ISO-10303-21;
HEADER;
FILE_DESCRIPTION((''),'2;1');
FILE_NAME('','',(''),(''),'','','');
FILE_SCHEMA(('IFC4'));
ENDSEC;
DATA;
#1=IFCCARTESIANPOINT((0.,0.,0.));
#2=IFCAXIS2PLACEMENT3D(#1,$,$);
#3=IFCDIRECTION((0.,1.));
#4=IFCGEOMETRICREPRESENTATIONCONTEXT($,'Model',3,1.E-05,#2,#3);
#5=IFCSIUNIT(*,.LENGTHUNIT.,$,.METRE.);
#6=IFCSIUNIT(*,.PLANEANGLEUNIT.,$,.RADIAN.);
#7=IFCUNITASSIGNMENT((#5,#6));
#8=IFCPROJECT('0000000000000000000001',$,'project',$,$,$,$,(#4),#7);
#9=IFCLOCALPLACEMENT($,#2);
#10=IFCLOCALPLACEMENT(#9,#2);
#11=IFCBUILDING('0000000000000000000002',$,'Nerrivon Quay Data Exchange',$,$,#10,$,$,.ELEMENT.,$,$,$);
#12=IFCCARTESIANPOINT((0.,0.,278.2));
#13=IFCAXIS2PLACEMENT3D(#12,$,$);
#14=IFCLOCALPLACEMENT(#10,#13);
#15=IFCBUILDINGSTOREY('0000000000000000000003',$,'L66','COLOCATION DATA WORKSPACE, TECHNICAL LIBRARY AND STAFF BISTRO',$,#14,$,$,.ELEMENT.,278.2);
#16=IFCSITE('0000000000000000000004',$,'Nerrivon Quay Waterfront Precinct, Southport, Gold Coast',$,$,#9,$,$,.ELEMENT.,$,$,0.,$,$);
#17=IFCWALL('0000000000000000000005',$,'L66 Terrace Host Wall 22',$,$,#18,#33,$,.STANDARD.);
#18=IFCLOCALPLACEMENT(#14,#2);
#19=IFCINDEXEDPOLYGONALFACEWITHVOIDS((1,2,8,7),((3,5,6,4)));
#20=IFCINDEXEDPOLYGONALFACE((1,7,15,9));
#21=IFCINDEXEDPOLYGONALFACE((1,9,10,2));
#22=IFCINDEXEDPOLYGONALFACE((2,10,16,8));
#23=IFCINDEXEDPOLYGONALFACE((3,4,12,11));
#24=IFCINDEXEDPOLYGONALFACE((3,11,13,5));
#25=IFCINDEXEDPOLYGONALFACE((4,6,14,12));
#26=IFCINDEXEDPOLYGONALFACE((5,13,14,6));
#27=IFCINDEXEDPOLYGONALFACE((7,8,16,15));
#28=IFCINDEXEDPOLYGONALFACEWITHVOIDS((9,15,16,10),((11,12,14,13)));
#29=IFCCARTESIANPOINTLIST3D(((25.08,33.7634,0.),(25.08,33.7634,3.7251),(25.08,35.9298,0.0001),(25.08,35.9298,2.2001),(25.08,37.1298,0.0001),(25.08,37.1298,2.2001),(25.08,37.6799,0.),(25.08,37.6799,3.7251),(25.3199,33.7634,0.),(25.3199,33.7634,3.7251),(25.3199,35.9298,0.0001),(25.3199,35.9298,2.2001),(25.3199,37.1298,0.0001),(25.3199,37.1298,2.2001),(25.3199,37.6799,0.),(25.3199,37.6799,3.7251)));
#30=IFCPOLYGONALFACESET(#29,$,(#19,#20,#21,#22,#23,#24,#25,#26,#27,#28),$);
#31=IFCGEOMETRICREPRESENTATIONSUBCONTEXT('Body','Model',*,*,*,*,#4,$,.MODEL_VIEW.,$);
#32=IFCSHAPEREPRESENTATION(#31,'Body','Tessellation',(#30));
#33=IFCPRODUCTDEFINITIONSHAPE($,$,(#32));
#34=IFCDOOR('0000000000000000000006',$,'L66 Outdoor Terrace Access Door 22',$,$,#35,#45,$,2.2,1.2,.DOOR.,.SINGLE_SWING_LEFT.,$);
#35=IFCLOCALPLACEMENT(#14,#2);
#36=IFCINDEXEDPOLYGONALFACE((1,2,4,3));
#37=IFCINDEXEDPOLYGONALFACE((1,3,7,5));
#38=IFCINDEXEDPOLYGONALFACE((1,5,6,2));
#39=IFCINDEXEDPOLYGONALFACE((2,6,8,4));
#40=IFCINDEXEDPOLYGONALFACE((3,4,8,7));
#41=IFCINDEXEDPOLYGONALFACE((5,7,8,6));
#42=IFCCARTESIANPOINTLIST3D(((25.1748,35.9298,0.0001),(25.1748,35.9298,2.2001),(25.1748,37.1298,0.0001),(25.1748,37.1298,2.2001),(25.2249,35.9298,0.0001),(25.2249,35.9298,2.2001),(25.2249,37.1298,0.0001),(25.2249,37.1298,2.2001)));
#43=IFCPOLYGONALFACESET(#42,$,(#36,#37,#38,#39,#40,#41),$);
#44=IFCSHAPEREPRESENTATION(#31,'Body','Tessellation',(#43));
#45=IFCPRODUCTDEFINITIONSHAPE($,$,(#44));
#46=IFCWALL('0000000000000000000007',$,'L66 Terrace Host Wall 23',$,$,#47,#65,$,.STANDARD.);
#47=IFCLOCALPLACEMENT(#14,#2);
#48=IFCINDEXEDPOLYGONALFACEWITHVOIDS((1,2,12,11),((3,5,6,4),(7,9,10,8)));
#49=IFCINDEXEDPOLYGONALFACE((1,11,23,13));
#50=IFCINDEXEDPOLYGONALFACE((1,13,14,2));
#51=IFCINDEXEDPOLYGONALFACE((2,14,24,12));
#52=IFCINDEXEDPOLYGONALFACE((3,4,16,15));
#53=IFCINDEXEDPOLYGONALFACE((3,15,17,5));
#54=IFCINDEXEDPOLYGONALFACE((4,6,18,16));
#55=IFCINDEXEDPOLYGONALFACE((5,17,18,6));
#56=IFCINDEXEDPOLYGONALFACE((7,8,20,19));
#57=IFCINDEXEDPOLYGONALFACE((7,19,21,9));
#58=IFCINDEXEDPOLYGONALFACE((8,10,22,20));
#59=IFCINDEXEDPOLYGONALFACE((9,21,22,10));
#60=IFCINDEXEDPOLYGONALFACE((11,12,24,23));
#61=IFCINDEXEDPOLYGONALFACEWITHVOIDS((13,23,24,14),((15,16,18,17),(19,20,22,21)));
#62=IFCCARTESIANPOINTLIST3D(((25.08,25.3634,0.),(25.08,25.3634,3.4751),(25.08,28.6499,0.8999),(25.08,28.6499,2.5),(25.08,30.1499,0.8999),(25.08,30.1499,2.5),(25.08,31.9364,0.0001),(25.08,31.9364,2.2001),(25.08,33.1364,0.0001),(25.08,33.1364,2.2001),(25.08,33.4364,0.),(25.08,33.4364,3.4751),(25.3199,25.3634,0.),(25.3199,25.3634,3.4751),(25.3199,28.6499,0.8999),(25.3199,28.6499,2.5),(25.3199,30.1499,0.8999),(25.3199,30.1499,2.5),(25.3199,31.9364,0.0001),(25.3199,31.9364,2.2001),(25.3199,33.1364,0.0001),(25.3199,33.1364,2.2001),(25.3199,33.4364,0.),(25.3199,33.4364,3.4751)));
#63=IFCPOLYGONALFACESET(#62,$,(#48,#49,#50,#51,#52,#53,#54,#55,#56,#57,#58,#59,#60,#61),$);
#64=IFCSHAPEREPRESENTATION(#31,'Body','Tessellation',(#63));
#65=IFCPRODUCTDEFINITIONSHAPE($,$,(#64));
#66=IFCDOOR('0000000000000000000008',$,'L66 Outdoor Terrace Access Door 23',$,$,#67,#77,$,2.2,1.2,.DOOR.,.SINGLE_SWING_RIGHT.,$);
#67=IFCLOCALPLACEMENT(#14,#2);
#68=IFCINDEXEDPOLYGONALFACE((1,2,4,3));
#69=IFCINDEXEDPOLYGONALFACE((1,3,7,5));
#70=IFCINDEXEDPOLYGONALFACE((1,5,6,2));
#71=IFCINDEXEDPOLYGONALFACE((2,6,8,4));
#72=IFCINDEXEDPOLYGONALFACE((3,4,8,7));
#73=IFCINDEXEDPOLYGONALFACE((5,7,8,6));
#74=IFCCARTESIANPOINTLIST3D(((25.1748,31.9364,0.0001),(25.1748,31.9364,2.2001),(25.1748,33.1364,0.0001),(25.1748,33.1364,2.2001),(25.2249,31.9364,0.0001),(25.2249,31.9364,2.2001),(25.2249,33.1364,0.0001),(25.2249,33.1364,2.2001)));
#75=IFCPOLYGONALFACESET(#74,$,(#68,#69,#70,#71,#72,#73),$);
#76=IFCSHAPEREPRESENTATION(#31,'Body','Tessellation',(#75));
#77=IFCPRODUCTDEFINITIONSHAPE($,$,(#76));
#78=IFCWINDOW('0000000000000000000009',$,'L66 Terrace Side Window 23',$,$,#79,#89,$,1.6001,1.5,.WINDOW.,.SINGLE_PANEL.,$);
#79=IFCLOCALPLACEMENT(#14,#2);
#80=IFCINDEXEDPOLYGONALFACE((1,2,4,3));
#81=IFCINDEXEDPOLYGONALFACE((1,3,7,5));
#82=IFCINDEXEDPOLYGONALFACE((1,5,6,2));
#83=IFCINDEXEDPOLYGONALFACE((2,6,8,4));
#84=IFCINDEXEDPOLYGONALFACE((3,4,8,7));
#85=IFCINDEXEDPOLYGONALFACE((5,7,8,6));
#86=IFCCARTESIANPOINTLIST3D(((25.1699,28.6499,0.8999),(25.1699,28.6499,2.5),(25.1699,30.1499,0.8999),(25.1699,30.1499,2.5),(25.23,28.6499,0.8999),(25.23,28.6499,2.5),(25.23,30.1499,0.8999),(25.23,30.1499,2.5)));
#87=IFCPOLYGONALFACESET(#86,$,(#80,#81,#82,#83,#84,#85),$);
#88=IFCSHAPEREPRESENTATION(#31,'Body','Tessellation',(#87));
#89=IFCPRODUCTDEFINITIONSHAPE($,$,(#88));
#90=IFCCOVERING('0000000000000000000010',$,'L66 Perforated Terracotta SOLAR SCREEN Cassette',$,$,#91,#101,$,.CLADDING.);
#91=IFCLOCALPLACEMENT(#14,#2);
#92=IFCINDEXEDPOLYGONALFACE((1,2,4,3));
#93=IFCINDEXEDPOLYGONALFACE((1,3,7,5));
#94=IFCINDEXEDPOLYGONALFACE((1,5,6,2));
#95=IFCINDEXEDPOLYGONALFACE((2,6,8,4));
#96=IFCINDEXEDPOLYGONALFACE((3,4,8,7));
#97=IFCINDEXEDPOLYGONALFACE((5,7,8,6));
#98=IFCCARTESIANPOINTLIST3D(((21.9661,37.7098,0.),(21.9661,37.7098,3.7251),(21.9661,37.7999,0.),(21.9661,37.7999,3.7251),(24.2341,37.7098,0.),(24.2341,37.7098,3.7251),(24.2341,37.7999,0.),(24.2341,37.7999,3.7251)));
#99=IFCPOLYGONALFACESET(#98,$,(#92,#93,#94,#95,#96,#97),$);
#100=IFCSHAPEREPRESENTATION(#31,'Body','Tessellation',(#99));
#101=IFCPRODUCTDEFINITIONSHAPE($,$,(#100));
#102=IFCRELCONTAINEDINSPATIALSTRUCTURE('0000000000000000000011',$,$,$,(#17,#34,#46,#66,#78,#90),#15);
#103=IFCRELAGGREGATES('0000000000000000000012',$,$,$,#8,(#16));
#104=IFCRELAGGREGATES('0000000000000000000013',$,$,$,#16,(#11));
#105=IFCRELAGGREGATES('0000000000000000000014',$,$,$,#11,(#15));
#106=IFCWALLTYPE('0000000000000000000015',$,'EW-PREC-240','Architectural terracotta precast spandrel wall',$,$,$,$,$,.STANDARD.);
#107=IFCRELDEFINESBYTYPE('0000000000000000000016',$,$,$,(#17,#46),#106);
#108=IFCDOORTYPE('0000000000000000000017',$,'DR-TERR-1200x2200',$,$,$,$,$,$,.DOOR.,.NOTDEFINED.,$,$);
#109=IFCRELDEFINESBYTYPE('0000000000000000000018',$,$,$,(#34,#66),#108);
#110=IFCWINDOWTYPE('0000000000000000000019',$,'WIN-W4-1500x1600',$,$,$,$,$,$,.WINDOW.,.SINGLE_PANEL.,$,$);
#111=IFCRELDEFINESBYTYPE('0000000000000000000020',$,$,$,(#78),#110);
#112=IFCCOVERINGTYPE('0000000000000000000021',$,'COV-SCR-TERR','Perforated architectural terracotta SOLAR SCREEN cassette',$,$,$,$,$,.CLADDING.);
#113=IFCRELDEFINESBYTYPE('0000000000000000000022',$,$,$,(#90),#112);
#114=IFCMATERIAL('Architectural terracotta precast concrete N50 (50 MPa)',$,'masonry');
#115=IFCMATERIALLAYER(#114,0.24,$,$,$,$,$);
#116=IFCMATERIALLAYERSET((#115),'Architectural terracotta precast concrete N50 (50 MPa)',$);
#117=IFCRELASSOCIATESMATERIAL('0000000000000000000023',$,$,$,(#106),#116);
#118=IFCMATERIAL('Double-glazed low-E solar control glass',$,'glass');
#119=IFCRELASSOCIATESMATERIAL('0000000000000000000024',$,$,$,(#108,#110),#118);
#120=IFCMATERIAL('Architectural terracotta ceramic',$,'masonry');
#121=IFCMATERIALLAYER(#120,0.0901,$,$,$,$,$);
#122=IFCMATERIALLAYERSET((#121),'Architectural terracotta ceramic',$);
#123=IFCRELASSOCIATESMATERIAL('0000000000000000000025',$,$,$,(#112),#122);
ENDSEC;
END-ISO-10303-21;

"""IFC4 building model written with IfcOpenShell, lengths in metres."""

from ifc_helpers import new_model, si_unit, direction, frame, frame_2d, origin, origin_2d, place, context, subcontext, project, spatial, rectangle, extrude, material, layer, layer_set, type_object, element, fill, save


model = new_model("IFC4")

# Units and contexts
model_context = context("Model", 3, precision=1e-05, world=origin(), true_north=direction((0.0, 1.0)))
body_context = subcontext(model_context, "Body", "Model", "MODEL_VIEW")
ifc_project = project(units=[si_unit("LENGTHUNIT", "METRE"), si_unit("PLANEANGLEUNIT", "RADIAN")], contexts=[model_context])

# Site, building, storey
site_placement = place(None, origin())
site = spatial("IfcSite", under=ifc_project, at=site_placement, Name="Nerrivon Quay Waterfront Precinct, Southport, Gold Coast", CompositionType="ELEMENT", RefElevation=0.0)
building_placement = place(site_placement, origin())
building = spatial("IfcBuilding", under=site, at=building_placement, Name="Nerrivon Quay Data Exchange", CompositionType="ELEMENT")
storey_placement = place(building_placement, frame((0.0, 0.0, 278.2)))
storey = spatial("IfcBuildingStorey", under=building, at=storey_placement, Name="L66", Description="COLOCATION DATA WORKSPACE, TECHNICAL LIBRARY AND STAFF BISTRO", CompositionType="ELEMENT", Elevation=278.2)

# Shared definitions
ifc_material_1 = material(Name="Double-glazed low-E solar control glass", Category="glass")

# Wall, opening, door
ifc_material_2 = material(Name="Architectural terracotta precast concrete N50 (50 MPa)", Category="masonry")
ifc_layer_1 = layer(ifc_material_2, 0.24)
ifc_layer_set_1 = layer_set([ifc_layer_1], Name="Architectural terracotta precast concrete N50 (50 MPa)")
wall_type = type_object("IfcWallType", Name="EW-PREC-240", Description="Architectural terracotta precast spandrel wall", PredefinedType="STANDARD", material=ifc_layer_set_1)
wall_1_placement = place(storey_placement, frame((25.2, 37.6799, 0.0), z_axis=(0.0, 0.0, 1.0), x_axis=(0.0, -1.0, 0.0)))
wall_1 = element("IfcWall", 1, at=wall_1_placement, inside=storey, type_object=wall_type, Name="L66 Terrace Host Wall 22", PredefinedType="STANDARD", context=body_context, shape_type="SweptSolid", body=[
    extrude(rectangle(XDim=3.9165, YDim=0.24, at=frame_2d((1.9583, 0.0))), origin(), (0.0, 0.0, 1.0), 3.7251),
])
opening_1_placement = place(wall_1_placement, frame((0.55, 0.0, 0.0)))
opening_1 = element("IfcOpeningElement", 2, at=opening_1_placement, cuts=wall_1, PredefinedType="OPENING", context=body_context, shape_type="SweptSolid", body=[
    extrude(rectangle(XDim=1.2, YDim=2.2, at=frame_2d((0.6001, 1.1001))), frame((0.0, 0.1299, 0.0), z_axis=(0.0, -1.0, 0.0), x_axis=(1.0, 0.0, 0.0)), (0.0, 0.0, 1.0), 0.26),
])
door_type = type_object("IfcDoorType", Name="DR-TERR-1200x2200", OperationType="NOTDEFINED", PredefinedType="DOOR", material=ifc_material_1)
door_1_placement = place(opening_1_placement, origin())
door_1 = element("IfcDoor", 3, at=door_1_placement, inside=storey, type_object=door_type, Name="L66 Outdoor Terrace Access Door 22", OperationType="SINGLE_SWING_LEFT", OverallHeight=2.2, OverallWidth=1.2, PredefinedType="DOOR", context=body_context, shape_type="SweptSolid", body=[
    extrude(rectangle(XDim=1.2, YDim=2.2, at=frame_2d((0.6001, 1.1001))), frame((0.0, 0.0249, 0.0), z_axis=(0.0, -1.0, 0.0), x_axis=(1.0, 0.0, 0.0)), (0.0, 0.0, 1.0), 0.05),
])
fill(opening_1, door_1)

# Wall, openings, door, window
wall_2_placement = place(storey_placement, frame((25.2, 33.4365, 0.0), z_axis=(0.0, 0.0, 1.0), x_axis=(0.0, -1.0, 0.0)))
wall_2 = element("IfcWall", 4, at=wall_2_placement, inside=storey, type_object=wall_type, Name="L66 Terrace Host Wall 23", PredefinedType="STANDARD", context=body_context, shape_type="SweptSolid", body=[
    extrude(rectangle(XDim=8.073, YDim=0.24, at=frame_2d((4.0366, 0.0))), origin(), (0.0, 0.0, 1.0), 3.4751),
])
opening_2_placement = place(wall_2_placement, frame((0.3, 0.0, 0.0)))
opening_2 = element("IfcOpeningElement", 5, at=opening_2_placement, cuts=wall_2, PredefinedType="OPENING", context=body_context, shape_type="SweptSolid", body=[
    extrude(rectangle(XDim=1.2, YDim=2.2, at=frame_2d((0.6001, 1.1001))), frame((0.0, 0.1299, 0.0), z_axis=(0.0, -1.0, 0.0), x_axis=(1.0, 0.0, 0.0)), (0.0, 0.0, 1.0), 0.26),
])
opening_3_placement = place(wall_2_placement, frame((3.2866, 0.0, 0.8999)))
opening_3 = element("IfcOpeningElement", 6, at=opening_3_placement, cuts=wall_2, PredefinedType="OPENING", context=body_context, shape_type="SweptSolid", body=[
    extrude(rectangle(XDim=1.5, YDim=1.6001, at=frame_2d((0.75, 0.8))), frame((0.0, 0.1299, 0.0), z_axis=(0.0, -1.0, 0.0), x_axis=(1.0, 0.0, 0.0)), (0.0, 0.0, 1.0), 0.26),
])
door_2_placement = place(opening_2_placement, origin())
door_2 = element("IfcDoor", 7, at=door_2_placement, inside=storey, type_object=door_type, Name="L66 Outdoor Terrace Access Door 23", OperationType="SINGLE_SWING_RIGHT", OverallHeight=2.2, OverallWidth=1.2, PredefinedType="DOOR", context=body_context, shape_type="SweptSolid", body=[
    extrude(rectangle(XDim=1.2, YDim=2.2, at=frame_2d((0.6001, 1.1001))), frame((0.0, 0.0249, 0.0), z_axis=(0.0, -1.0, 0.0), x_axis=(1.0, 0.0, 0.0)), (0.0, 0.0, 1.0), 0.05),
])
fill(opening_2, door_2)
window_type = type_object("IfcWindowType", Name="WIN-W4-1500x1600", PartitioningType="SINGLE_PANEL", PredefinedType="WINDOW", material=ifc_material_1)
window_placement = place(opening_3_placement, origin())
window = element("IfcWindow", 8, at=window_placement, inside=storey, type_object=window_type, Name="L66 Terrace Side Window 23", OverallHeight=1.6001, OverallWidth=1.5, PartitioningType="SINGLE_PANEL", PredefinedType="WINDOW", context=body_context, shape_type="SweptSolid", body=[
    extrude(rectangle(XDim=1.5, YDim=1.6001, at=frame_2d((0.75, 0.8))), frame((0.0, 0.03, 0.0), z_axis=(0.0, -1.0, 0.0), x_axis=(1.0, 0.0, 0.0)), (0.0, 0.0, 1.0), 0.0601),
])
fill(opening_3, window)

# Covering
ifc_material_3 = material(Name="Architectural terracotta ceramic", Category="masonry")
ifc_layer_2 = layer(ifc_material_3, 0.0901)
ifc_layer_set_2 = layer_set([ifc_layer_2], Name="Architectural terracotta ceramic")
covering_type = type_object("IfcCoveringType", Name="COV-SCR-TERR", Description="Perforated architectural terracotta SOLAR SCREEN cassette", PredefinedType="CLADDING", material=ifc_layer_set_2)
covering_placement = place(storey_placement, frame((23.1001, 37.7549, 0.0), z_axis=(0.0, 0.0, 1.0), x_axis=(1.0, 0.0, 0.0)))
element("IfcCovering", 9, at=covering_placement, inside=storey, type_object=covering_type, Name="L66 Perforated Terracotta SOLAR SCREEN Cassette", PredefinedType="CLADDING", context=body_context, shape_type="SweptSolid", body=[
    extrude(rectangle(XDim=2.2681, YDim=0.0901, at=origin_2d()), origin(), (0.0, 0.0, 1.0), 3.7251),
])

save(model, "model.ifc")
